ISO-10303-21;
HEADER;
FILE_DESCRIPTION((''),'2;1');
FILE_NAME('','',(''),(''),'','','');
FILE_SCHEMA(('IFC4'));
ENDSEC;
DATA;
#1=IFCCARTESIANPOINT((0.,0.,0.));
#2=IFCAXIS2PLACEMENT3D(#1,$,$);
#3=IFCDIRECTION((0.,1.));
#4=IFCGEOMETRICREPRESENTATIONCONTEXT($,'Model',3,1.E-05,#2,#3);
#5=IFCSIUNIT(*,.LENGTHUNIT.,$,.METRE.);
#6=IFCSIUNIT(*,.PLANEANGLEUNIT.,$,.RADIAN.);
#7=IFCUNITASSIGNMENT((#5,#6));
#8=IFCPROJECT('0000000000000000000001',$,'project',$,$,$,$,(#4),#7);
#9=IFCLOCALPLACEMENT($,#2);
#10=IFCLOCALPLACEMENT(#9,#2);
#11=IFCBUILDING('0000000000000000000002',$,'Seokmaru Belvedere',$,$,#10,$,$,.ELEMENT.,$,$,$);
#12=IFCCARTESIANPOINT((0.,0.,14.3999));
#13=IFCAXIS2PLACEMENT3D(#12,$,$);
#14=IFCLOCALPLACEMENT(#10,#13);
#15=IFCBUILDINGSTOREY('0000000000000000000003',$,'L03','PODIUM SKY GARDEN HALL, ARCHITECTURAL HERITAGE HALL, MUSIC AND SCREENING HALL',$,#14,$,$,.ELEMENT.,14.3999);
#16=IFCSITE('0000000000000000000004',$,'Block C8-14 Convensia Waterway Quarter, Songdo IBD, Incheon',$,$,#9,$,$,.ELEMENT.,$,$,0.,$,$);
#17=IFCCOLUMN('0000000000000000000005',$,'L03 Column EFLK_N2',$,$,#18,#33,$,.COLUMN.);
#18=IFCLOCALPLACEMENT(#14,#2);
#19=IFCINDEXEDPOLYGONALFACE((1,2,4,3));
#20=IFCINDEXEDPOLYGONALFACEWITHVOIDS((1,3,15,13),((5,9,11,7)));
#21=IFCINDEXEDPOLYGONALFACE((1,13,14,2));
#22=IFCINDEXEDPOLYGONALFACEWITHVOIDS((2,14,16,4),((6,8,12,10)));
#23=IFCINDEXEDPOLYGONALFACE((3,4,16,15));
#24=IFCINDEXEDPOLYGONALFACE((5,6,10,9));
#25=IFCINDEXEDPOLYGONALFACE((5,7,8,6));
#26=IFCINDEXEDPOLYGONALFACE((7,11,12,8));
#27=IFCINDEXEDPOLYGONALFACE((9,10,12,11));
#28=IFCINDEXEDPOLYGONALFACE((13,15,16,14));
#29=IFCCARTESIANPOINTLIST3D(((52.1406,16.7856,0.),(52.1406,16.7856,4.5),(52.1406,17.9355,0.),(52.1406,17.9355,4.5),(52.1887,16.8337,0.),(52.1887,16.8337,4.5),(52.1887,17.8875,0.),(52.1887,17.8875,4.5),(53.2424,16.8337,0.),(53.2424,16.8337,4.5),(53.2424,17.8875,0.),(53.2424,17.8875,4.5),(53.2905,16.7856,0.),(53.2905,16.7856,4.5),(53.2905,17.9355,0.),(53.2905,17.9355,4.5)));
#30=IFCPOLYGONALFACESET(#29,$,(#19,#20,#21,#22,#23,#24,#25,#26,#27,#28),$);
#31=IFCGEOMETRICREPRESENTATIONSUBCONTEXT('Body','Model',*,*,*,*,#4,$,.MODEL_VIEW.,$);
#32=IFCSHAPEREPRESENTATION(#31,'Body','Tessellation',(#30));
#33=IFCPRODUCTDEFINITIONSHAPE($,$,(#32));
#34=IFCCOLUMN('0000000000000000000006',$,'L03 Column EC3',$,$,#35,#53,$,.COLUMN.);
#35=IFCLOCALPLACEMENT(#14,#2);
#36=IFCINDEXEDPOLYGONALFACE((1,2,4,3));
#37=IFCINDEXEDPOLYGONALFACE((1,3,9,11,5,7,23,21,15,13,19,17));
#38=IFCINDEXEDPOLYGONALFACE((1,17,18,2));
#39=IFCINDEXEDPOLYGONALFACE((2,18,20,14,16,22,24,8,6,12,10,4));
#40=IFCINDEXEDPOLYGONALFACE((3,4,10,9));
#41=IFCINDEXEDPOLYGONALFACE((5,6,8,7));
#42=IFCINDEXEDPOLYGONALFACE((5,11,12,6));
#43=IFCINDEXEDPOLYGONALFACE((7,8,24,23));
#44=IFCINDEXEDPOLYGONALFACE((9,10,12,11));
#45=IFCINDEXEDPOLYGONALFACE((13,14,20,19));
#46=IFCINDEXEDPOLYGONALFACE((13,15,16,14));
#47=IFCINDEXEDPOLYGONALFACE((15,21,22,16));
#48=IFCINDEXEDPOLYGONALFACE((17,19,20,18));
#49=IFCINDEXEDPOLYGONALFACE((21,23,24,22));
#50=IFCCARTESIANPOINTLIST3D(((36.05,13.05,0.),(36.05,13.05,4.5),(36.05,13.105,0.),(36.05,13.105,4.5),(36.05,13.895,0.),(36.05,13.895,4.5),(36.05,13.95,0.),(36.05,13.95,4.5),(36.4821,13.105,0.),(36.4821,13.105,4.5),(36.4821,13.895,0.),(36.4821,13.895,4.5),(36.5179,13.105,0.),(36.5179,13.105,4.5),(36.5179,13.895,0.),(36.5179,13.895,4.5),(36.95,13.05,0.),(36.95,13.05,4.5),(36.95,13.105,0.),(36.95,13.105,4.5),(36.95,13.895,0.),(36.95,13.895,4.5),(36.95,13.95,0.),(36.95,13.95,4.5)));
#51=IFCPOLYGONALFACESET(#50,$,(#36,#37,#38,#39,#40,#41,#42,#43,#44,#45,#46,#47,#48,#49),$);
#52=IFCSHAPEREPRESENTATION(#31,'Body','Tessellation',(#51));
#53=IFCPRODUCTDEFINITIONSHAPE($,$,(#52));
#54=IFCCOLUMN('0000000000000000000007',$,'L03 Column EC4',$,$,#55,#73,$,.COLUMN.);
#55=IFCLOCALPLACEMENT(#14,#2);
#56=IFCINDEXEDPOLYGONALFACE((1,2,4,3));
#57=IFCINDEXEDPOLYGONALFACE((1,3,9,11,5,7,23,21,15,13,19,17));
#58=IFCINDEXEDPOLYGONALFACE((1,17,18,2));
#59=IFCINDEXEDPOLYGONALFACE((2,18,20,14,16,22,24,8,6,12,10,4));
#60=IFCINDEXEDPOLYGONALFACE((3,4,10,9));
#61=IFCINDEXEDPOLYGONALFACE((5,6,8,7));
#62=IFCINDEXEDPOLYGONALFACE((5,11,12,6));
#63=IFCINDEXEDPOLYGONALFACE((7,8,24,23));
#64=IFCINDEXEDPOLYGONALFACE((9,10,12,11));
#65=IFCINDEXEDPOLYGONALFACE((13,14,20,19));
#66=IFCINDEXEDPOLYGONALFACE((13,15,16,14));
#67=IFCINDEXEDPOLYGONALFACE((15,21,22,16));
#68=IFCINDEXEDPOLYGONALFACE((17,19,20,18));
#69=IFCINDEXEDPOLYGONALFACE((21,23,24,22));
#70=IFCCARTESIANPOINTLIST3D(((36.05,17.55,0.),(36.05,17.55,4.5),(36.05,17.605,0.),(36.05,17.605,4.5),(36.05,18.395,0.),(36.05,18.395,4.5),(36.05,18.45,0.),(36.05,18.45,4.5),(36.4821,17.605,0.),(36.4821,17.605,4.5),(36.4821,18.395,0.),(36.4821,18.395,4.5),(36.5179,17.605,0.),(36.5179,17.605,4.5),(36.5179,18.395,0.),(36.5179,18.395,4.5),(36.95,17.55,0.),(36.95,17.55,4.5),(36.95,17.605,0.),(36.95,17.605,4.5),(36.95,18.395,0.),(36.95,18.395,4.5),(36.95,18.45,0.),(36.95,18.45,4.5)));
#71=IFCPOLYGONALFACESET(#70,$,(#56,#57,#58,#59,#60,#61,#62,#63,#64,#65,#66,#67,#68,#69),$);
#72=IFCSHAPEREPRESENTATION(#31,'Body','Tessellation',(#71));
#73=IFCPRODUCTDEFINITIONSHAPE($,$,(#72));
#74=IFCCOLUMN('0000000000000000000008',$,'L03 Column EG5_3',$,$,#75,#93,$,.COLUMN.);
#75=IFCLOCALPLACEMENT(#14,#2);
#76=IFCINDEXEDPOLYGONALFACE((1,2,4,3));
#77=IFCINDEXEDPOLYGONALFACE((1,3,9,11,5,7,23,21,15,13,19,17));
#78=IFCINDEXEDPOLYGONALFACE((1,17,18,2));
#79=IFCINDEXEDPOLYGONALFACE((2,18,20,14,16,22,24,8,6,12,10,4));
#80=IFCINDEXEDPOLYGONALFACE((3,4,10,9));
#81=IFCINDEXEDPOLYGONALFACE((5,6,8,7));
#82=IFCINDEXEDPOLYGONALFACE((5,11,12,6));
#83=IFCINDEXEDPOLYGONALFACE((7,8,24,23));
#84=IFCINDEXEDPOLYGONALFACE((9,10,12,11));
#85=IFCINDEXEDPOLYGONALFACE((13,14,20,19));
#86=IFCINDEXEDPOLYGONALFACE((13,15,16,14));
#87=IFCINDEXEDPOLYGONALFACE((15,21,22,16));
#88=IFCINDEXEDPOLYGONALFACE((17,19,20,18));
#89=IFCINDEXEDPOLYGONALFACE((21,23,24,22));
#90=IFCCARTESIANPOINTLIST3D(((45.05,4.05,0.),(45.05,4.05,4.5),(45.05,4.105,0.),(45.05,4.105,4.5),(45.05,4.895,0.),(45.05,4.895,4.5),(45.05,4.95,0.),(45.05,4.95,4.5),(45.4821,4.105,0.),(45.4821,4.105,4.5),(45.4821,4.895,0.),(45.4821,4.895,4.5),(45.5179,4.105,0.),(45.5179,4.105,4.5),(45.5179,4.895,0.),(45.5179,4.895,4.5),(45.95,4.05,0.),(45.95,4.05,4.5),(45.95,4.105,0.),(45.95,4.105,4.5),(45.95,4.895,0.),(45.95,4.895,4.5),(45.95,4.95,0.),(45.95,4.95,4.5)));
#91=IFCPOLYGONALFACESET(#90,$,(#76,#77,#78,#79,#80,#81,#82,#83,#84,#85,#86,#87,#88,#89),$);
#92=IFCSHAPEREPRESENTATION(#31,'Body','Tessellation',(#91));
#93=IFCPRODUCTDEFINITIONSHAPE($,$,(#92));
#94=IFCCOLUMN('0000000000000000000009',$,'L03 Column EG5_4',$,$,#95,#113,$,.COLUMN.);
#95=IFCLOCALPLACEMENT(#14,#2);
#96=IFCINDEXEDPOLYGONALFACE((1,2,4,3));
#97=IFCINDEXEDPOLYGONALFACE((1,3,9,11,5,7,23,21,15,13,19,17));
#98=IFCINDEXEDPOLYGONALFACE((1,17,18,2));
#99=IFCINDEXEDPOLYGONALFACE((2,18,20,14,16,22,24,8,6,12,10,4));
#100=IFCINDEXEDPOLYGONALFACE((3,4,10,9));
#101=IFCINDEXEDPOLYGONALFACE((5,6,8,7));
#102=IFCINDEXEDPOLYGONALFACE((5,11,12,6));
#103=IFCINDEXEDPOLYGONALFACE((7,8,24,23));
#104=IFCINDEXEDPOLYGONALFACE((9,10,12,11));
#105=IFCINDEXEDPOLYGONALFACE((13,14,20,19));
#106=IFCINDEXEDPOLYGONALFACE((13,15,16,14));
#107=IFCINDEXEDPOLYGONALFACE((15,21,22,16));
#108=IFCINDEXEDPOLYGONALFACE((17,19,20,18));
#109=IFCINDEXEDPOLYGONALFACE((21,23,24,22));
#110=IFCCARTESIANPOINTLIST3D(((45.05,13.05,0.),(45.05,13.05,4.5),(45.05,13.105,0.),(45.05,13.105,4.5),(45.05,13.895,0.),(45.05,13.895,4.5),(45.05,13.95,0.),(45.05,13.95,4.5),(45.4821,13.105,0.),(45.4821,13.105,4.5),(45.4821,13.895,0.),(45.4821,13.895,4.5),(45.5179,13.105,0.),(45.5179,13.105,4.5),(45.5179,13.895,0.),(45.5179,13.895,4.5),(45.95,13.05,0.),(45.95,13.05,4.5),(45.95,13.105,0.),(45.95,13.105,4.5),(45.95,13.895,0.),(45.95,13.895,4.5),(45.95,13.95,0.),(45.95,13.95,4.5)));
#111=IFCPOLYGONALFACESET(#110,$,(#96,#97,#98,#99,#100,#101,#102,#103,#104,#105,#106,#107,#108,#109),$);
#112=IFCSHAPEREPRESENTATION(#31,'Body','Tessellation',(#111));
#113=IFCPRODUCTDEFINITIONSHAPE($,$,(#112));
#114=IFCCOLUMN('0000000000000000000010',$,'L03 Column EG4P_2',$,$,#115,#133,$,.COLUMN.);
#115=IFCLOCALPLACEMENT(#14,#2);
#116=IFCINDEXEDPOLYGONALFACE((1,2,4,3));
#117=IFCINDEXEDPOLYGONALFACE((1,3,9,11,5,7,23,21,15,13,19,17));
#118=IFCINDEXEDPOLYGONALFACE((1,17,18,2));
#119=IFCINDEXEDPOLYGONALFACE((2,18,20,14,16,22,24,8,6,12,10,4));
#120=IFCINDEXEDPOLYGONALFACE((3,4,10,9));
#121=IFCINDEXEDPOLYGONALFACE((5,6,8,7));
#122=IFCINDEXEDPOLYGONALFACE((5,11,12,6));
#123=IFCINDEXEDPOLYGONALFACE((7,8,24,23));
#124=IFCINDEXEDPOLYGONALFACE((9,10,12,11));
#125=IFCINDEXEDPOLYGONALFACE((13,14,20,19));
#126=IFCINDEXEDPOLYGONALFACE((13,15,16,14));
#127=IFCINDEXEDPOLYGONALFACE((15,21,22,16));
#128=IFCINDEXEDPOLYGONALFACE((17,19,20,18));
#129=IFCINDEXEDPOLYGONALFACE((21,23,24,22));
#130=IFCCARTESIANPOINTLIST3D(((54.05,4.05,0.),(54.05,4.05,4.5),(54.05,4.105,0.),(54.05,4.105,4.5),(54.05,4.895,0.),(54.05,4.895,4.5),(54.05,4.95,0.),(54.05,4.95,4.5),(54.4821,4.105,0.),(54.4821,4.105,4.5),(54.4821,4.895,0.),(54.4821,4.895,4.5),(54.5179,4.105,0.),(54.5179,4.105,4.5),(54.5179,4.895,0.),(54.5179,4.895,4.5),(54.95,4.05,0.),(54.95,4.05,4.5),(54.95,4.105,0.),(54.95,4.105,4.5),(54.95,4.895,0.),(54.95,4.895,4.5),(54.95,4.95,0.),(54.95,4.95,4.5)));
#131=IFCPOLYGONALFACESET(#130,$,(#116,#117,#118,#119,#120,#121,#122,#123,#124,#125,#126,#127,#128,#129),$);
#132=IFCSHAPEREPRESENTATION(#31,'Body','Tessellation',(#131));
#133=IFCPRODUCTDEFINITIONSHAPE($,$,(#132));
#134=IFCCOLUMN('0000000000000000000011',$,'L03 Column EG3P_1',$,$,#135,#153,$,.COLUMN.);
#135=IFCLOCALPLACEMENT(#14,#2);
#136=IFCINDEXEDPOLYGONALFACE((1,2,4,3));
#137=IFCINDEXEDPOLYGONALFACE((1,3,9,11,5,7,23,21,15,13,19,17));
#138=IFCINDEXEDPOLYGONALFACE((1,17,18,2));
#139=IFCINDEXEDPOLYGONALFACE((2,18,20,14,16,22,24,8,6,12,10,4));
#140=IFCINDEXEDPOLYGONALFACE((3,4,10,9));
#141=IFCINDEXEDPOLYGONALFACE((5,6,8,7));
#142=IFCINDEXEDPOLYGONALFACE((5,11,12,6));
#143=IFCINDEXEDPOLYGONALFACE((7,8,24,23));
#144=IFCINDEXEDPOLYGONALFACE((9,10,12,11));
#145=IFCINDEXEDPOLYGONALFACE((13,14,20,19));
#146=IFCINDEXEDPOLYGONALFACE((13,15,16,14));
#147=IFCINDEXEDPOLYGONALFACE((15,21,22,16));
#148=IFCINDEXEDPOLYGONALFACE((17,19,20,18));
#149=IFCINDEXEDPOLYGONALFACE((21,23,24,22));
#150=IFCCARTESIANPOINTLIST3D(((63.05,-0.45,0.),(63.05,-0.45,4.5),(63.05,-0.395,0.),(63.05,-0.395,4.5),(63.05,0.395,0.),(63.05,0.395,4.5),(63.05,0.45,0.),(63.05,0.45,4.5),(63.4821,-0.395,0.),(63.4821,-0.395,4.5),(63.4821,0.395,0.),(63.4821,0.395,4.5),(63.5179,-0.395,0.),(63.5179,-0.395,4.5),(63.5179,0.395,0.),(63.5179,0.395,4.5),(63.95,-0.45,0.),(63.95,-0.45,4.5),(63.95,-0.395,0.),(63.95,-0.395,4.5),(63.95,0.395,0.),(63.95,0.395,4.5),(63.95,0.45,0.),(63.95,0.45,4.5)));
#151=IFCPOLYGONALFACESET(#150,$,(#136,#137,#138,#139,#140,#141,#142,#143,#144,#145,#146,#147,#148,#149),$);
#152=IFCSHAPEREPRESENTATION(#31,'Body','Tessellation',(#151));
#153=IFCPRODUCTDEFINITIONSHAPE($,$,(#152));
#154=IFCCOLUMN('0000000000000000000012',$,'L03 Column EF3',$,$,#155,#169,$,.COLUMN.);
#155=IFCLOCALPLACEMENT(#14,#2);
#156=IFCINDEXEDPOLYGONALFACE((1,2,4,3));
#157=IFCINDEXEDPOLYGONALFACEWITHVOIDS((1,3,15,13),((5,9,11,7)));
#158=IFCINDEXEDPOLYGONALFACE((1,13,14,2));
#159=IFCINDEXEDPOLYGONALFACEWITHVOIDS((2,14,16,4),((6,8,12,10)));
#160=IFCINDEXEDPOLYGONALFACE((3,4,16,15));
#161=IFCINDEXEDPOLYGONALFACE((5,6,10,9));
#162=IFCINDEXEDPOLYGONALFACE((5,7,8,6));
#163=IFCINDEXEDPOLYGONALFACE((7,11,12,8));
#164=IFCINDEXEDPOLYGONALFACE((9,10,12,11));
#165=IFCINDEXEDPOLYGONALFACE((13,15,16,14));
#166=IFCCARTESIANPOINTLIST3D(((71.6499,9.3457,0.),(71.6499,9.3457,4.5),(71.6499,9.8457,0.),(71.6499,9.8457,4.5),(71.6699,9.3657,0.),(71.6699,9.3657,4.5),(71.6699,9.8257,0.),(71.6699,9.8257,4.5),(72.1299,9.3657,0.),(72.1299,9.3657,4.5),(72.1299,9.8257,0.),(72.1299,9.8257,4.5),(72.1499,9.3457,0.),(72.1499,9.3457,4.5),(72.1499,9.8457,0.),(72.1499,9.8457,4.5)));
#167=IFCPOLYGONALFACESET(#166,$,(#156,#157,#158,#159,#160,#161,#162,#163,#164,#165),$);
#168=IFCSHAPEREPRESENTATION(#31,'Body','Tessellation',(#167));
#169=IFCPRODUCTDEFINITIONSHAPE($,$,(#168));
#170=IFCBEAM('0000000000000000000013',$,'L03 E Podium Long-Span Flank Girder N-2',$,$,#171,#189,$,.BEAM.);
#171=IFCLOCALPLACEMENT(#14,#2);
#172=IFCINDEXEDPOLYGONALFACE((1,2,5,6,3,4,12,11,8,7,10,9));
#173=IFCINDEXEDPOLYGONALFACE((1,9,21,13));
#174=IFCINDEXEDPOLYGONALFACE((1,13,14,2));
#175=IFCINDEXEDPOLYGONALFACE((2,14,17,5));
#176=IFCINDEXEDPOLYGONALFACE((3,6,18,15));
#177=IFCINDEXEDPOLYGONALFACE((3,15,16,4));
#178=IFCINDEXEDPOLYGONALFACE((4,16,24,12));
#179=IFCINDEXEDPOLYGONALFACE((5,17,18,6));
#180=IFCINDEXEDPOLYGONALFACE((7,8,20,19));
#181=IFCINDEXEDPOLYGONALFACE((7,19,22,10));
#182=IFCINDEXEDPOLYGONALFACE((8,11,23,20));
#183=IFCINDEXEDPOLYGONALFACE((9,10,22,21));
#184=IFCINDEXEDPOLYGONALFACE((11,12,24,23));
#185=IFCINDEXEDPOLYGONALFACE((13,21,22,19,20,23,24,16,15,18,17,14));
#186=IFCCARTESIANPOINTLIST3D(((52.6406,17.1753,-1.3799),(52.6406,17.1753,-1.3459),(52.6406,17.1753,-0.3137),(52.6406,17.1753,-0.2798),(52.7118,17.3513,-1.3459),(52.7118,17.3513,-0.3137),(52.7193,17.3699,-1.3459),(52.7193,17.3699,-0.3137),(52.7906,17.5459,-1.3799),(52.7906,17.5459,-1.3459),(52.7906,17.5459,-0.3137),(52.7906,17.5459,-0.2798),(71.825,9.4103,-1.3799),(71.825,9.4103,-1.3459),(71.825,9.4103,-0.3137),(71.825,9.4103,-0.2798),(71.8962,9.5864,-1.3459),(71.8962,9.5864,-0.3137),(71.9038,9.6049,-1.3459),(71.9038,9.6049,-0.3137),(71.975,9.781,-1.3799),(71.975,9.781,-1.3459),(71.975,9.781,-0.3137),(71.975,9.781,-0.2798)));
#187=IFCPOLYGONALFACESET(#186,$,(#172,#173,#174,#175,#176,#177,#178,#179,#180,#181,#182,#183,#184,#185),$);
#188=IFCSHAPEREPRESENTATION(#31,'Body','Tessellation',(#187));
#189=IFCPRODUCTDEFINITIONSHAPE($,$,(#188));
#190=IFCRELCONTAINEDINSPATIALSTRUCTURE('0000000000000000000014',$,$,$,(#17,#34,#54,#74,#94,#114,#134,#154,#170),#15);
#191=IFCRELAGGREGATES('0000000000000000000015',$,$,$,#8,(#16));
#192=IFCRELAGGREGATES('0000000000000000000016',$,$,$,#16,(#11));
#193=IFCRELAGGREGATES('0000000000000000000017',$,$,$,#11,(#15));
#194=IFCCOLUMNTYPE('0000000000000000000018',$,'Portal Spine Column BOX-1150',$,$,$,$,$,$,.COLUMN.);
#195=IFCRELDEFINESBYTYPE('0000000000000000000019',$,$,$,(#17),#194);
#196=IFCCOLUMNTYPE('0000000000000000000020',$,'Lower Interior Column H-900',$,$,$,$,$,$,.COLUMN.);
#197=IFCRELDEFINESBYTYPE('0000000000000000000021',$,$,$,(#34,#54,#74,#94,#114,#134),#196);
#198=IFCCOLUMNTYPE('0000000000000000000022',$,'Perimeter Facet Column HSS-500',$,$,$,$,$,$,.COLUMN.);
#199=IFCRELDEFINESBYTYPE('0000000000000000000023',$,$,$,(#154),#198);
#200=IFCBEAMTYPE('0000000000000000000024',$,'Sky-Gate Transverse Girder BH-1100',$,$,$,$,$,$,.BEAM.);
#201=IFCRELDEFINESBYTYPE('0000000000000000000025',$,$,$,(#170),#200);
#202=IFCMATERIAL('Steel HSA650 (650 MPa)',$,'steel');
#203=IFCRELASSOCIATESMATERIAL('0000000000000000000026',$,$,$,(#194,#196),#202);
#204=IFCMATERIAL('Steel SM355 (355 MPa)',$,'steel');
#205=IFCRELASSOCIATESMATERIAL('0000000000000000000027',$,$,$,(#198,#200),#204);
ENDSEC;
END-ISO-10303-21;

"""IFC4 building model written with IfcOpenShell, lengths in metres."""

from ifc_helpers import new_model, si_unit, direction, frame, origin, origin_2d, place, context, subcontext, project, spatial, hollow_rectangle, i_section, extrude, source, transform, mapped, material, material_profile, profile_set, type_object, type_shapes, element, save


model = new_model("IFC4")

# Units and contexts
model_context = context("Model", 3, precision=1e-05, world=origin(), true_north=direction((0.0, 1.0)))
body_context = subcontext(model_context, "Body", "Model", "MODEL_VIEW")
ifc_project = project(units=[si_unit("LENGTHUNIT", "METRE"), si_unit("PLANEANGLEUNIT", "RADIAN")], contexts=[model_context])

# Site, building, storey
site_placement = place(None, origin())
site = spatial("IfcSite", under=ifc_project, at=site_placement, Name="Block C8-14 Convensia Waterway Quarter, Songdo IBD, Incheon", CompositionType="ELEMENT", RefElevation=0.0)
building_placement = place(site_placement, origin())
building = spatial("IfcBuilding", under=site, at=building_placement, Name="Seokmaru Belvedere", CompositionType="ELEMENT")
storey_placement = place(building_placement, frame((0.0, 0.0, 14.3999)))
storey = spatial("IfcBuildingStorey", under=building, at=storey_placement, Name="L03", Description="PODIUM SKY GARDEN HALL, ARCHITECTURAL HERITAGE HALL, MUSIC AND SCREENING HALL", CompositionType="ELEMENT", Elevation=14.3999)

# Columns
ifc_material_1 = material(Name="Steel HSA650 (650 MPa)", Category="steel")
ifc_material_profile_1 = material_profile(ifc_material_1, hollow_rectangle(XDim=1.1499, YDim=1.1499, WallThickness=0.0481, at=origin_2d()), Name="BOX-1150x1150x48")
ifc_profile_set_1 = profile_set([ifc_material_profile_1], Name="Steel HSA650 (650 MPa)")
column_type_1 = type_object("IfcColumnType", Name="Portal Spine Column BOX-1150", PredefinedType="COLUMN", material=ifc_profile_set_1)
shared_shape_1 = source(origin(), body_context, "Body", "SweptSolid", [
    extrude(hollow_rectangle(XDim=1.1499, YDim=1.1499, WallThickness=0.0481, at=origin_2d()), origin(), (0.0, 0.0, 1.0), 4.5),
])
type_shapes(column_type_1, [shared_shape_1])
column_1_placement = place(storey_placement, frame((52.7156, 17.3606, 0.0), z_axis=(0.0, 0.0, 1.0), x_axis=(1.0, 0.0, 0.0)))
element("IfcColumn", 1, at=column_1_placement, inside=storey, type_object=column_type_1, Name="L03 Column EFLK_N2", PredefinedType="COLUMN", context=body_context, shape_type="MappedRepresentation", body=[
    mapped(shared_shape_1, transform((0.0, 0.0, 0.0), scale=1.0)),
])
ifc_material_profile_2 = material_profile(ifc_material_1, i_section(OverallWidth=0.8999, OverallDepth=0.8999, WebThickness=0.0359, FlangeThickness=0.0549, at=origin_2d()), Name="H-900x900x36x55")
ifc_profile_set_2 = profile_set([ifc_material_profile_2], Name="Steel HSA650 (650 MPa)")
column_type_2 = type_object("IfcColumnType", Name="Lower Interior Column H-900", PredefinedType="COLUMN", material=ifc_profile_set_2)
shared_shape_2 = source(origin(), body_context, "Body", "SweptSolid", [
    extrude(i_section(OverallWidth=0.8999, OverallDepth=0.8999, WebThickness=0.0359, FlangeThickness=0.0549, at=origin_2d()), origin(), (0.0, 0.0, 1.0), 4.5),
])
type_shapes(column_type_2, [shared_shape_2])
for number, where, z_axis, x_axis, name in (
    (2, (36.5, 13.5, 0.0), (0.0, 0.0, 1.0), (1.0, 0.0, 0.0), "L03 Column EC3"),
    (3, (36.5, 18.0, 0.0), (0.0, 0.0, 1.0), (1.0, 0.0, 0.0), "L03 Column EC4"),
    (4, (45.5, 4.5, 0.0), (0.0, 0.0, 1.0), (1.0, 0.0, 0.0), "L03 Column EG5_3"),
    (5, (45.5, 13.5, 0.0), (0.0, 0.0, 1.0), (1.0, 0.0, 0.0), "L03 Column EG5_4"),
    (6, (54.5, 4.5, 0.0), (0.0, 0.0, 1.0), (1.0, 0.0, 0.0), "L03 Column EG4P_2"),
    (7, (63.5, 0.0, 0.0), (0.0, 0.0, 1.0), (1.0, 0.0, 0.0), "L03 Column EG3P_1"),
):
    element("IfcColumn", number, at=place(storey_placement, frame(where, z_axis=z_axis, x_axis=x_axis)), inside=storey, type_object=column_type_2, Name=name, PredefinedType="COLUMN", context=body_context, shape_type="MappedRepresentation", body=[
        mapped(shared_shape_2, transform((0.0, 0.0, 0.0), scale=1.0)),
    ])
ifc_material_2 = material(Name="Steel SM355 (355 MPa)", Category="steel")
ifc_material_profile_3 = material_profile(ifc_material_2, hollow_rectangle(XDim=0.5, YDim=0.5, WallThickness=0.02, at=origin_2d()), Name="HSS-500x500x20")
ifc_profile_set_3 = profile_set([ifc_material_profile_3], Name="Steel SM355 (355 MPa)")
column_type_3 = type_object("IfcColumnType", Name="Perimeter Facet Column HSS-500", PredefinedType="COLUMN", material=ifc_profile_set_3)
shared_shape_3 = source(origin(), body_context, "Body", "SweptSolid", [
    extrude(hollow_rectangle(XDim=0.5, YDim=0.5, WallThickness=0.02, at=origin_2d()), origin(), (0.0, 0.0, 1.0), 4.5),
])
type_shapes(column_type_3, [shared_shape_3])
column_2_placement = place(storey_placement, frame((71.8999, 9.5957, 0.0), z_axis=(0.0, 0.0, 1.0), x_axis=(1.0, 0.0, 0.0)))
element("IfcColumn", 8, at=column_2_placement, inside=storey, type_object=column_type_3, Name="L03 Column EF3", PredefinedType="COLUMN", context=body_context, shape_type="MappedRepresentation", body=[
    mapped(shared_shape_3, transform((0.0, 0.0, 0.0), scale=1.0)),
])

# Beam
ifc_material_profile_4 = material_profile(ifc_material_2, i_section(OverallWidth=0.3999, OverallDepth=1.1001, WebThickness=0.02, FlangeThickness=0.0339, at=origin_2d()), Name="BH-1100x400x20x34")
ifc_profile_set_4 = profile_set([ifc_material_profile_4], Name="Steel SM355 (355 MPa)")
beam_type_1 = type_object("IfcBeamType", Name="Sky-Gate Transverse Girder BH-1100", PredefinedType="BEAM", material=ifc_profile_set_4)
shared_shape_4 = source(origin(), body_context, "Body", "SweptSolid", [
    extrude(i_section(OverallWidth=0.3999, OverallDepth=1.1001, WebThickness=0.02, FlangeThickness=0.0339, at=origin_2d()), origin(), (0.0, 0.0, 1.0), 20.6963),
])
type_shapes(beam_type_1, [shared_shape_4])
beam_1_placement = place(storey_placement, frame((52.7156, 17.3606, -0.8298), z_axis=(0.92695, -0.375185, 0.0), x_axis=(0.375185, 0.92695, 0.0)))
element("IfcBeam", 9, at=beam_1_placement, inside=storey, type_object=beam_type_1, Name="L03 E Podium Long-Span Flank Girder N-2", PredefinedType="BEAM", context=body_context, shape_type="MappedRepresentation", body=[
    mapped(shared_shape_4, transform((0.0, 0.0, 0.0), scale=1.0)),
])

save(model, "model.ifc")
